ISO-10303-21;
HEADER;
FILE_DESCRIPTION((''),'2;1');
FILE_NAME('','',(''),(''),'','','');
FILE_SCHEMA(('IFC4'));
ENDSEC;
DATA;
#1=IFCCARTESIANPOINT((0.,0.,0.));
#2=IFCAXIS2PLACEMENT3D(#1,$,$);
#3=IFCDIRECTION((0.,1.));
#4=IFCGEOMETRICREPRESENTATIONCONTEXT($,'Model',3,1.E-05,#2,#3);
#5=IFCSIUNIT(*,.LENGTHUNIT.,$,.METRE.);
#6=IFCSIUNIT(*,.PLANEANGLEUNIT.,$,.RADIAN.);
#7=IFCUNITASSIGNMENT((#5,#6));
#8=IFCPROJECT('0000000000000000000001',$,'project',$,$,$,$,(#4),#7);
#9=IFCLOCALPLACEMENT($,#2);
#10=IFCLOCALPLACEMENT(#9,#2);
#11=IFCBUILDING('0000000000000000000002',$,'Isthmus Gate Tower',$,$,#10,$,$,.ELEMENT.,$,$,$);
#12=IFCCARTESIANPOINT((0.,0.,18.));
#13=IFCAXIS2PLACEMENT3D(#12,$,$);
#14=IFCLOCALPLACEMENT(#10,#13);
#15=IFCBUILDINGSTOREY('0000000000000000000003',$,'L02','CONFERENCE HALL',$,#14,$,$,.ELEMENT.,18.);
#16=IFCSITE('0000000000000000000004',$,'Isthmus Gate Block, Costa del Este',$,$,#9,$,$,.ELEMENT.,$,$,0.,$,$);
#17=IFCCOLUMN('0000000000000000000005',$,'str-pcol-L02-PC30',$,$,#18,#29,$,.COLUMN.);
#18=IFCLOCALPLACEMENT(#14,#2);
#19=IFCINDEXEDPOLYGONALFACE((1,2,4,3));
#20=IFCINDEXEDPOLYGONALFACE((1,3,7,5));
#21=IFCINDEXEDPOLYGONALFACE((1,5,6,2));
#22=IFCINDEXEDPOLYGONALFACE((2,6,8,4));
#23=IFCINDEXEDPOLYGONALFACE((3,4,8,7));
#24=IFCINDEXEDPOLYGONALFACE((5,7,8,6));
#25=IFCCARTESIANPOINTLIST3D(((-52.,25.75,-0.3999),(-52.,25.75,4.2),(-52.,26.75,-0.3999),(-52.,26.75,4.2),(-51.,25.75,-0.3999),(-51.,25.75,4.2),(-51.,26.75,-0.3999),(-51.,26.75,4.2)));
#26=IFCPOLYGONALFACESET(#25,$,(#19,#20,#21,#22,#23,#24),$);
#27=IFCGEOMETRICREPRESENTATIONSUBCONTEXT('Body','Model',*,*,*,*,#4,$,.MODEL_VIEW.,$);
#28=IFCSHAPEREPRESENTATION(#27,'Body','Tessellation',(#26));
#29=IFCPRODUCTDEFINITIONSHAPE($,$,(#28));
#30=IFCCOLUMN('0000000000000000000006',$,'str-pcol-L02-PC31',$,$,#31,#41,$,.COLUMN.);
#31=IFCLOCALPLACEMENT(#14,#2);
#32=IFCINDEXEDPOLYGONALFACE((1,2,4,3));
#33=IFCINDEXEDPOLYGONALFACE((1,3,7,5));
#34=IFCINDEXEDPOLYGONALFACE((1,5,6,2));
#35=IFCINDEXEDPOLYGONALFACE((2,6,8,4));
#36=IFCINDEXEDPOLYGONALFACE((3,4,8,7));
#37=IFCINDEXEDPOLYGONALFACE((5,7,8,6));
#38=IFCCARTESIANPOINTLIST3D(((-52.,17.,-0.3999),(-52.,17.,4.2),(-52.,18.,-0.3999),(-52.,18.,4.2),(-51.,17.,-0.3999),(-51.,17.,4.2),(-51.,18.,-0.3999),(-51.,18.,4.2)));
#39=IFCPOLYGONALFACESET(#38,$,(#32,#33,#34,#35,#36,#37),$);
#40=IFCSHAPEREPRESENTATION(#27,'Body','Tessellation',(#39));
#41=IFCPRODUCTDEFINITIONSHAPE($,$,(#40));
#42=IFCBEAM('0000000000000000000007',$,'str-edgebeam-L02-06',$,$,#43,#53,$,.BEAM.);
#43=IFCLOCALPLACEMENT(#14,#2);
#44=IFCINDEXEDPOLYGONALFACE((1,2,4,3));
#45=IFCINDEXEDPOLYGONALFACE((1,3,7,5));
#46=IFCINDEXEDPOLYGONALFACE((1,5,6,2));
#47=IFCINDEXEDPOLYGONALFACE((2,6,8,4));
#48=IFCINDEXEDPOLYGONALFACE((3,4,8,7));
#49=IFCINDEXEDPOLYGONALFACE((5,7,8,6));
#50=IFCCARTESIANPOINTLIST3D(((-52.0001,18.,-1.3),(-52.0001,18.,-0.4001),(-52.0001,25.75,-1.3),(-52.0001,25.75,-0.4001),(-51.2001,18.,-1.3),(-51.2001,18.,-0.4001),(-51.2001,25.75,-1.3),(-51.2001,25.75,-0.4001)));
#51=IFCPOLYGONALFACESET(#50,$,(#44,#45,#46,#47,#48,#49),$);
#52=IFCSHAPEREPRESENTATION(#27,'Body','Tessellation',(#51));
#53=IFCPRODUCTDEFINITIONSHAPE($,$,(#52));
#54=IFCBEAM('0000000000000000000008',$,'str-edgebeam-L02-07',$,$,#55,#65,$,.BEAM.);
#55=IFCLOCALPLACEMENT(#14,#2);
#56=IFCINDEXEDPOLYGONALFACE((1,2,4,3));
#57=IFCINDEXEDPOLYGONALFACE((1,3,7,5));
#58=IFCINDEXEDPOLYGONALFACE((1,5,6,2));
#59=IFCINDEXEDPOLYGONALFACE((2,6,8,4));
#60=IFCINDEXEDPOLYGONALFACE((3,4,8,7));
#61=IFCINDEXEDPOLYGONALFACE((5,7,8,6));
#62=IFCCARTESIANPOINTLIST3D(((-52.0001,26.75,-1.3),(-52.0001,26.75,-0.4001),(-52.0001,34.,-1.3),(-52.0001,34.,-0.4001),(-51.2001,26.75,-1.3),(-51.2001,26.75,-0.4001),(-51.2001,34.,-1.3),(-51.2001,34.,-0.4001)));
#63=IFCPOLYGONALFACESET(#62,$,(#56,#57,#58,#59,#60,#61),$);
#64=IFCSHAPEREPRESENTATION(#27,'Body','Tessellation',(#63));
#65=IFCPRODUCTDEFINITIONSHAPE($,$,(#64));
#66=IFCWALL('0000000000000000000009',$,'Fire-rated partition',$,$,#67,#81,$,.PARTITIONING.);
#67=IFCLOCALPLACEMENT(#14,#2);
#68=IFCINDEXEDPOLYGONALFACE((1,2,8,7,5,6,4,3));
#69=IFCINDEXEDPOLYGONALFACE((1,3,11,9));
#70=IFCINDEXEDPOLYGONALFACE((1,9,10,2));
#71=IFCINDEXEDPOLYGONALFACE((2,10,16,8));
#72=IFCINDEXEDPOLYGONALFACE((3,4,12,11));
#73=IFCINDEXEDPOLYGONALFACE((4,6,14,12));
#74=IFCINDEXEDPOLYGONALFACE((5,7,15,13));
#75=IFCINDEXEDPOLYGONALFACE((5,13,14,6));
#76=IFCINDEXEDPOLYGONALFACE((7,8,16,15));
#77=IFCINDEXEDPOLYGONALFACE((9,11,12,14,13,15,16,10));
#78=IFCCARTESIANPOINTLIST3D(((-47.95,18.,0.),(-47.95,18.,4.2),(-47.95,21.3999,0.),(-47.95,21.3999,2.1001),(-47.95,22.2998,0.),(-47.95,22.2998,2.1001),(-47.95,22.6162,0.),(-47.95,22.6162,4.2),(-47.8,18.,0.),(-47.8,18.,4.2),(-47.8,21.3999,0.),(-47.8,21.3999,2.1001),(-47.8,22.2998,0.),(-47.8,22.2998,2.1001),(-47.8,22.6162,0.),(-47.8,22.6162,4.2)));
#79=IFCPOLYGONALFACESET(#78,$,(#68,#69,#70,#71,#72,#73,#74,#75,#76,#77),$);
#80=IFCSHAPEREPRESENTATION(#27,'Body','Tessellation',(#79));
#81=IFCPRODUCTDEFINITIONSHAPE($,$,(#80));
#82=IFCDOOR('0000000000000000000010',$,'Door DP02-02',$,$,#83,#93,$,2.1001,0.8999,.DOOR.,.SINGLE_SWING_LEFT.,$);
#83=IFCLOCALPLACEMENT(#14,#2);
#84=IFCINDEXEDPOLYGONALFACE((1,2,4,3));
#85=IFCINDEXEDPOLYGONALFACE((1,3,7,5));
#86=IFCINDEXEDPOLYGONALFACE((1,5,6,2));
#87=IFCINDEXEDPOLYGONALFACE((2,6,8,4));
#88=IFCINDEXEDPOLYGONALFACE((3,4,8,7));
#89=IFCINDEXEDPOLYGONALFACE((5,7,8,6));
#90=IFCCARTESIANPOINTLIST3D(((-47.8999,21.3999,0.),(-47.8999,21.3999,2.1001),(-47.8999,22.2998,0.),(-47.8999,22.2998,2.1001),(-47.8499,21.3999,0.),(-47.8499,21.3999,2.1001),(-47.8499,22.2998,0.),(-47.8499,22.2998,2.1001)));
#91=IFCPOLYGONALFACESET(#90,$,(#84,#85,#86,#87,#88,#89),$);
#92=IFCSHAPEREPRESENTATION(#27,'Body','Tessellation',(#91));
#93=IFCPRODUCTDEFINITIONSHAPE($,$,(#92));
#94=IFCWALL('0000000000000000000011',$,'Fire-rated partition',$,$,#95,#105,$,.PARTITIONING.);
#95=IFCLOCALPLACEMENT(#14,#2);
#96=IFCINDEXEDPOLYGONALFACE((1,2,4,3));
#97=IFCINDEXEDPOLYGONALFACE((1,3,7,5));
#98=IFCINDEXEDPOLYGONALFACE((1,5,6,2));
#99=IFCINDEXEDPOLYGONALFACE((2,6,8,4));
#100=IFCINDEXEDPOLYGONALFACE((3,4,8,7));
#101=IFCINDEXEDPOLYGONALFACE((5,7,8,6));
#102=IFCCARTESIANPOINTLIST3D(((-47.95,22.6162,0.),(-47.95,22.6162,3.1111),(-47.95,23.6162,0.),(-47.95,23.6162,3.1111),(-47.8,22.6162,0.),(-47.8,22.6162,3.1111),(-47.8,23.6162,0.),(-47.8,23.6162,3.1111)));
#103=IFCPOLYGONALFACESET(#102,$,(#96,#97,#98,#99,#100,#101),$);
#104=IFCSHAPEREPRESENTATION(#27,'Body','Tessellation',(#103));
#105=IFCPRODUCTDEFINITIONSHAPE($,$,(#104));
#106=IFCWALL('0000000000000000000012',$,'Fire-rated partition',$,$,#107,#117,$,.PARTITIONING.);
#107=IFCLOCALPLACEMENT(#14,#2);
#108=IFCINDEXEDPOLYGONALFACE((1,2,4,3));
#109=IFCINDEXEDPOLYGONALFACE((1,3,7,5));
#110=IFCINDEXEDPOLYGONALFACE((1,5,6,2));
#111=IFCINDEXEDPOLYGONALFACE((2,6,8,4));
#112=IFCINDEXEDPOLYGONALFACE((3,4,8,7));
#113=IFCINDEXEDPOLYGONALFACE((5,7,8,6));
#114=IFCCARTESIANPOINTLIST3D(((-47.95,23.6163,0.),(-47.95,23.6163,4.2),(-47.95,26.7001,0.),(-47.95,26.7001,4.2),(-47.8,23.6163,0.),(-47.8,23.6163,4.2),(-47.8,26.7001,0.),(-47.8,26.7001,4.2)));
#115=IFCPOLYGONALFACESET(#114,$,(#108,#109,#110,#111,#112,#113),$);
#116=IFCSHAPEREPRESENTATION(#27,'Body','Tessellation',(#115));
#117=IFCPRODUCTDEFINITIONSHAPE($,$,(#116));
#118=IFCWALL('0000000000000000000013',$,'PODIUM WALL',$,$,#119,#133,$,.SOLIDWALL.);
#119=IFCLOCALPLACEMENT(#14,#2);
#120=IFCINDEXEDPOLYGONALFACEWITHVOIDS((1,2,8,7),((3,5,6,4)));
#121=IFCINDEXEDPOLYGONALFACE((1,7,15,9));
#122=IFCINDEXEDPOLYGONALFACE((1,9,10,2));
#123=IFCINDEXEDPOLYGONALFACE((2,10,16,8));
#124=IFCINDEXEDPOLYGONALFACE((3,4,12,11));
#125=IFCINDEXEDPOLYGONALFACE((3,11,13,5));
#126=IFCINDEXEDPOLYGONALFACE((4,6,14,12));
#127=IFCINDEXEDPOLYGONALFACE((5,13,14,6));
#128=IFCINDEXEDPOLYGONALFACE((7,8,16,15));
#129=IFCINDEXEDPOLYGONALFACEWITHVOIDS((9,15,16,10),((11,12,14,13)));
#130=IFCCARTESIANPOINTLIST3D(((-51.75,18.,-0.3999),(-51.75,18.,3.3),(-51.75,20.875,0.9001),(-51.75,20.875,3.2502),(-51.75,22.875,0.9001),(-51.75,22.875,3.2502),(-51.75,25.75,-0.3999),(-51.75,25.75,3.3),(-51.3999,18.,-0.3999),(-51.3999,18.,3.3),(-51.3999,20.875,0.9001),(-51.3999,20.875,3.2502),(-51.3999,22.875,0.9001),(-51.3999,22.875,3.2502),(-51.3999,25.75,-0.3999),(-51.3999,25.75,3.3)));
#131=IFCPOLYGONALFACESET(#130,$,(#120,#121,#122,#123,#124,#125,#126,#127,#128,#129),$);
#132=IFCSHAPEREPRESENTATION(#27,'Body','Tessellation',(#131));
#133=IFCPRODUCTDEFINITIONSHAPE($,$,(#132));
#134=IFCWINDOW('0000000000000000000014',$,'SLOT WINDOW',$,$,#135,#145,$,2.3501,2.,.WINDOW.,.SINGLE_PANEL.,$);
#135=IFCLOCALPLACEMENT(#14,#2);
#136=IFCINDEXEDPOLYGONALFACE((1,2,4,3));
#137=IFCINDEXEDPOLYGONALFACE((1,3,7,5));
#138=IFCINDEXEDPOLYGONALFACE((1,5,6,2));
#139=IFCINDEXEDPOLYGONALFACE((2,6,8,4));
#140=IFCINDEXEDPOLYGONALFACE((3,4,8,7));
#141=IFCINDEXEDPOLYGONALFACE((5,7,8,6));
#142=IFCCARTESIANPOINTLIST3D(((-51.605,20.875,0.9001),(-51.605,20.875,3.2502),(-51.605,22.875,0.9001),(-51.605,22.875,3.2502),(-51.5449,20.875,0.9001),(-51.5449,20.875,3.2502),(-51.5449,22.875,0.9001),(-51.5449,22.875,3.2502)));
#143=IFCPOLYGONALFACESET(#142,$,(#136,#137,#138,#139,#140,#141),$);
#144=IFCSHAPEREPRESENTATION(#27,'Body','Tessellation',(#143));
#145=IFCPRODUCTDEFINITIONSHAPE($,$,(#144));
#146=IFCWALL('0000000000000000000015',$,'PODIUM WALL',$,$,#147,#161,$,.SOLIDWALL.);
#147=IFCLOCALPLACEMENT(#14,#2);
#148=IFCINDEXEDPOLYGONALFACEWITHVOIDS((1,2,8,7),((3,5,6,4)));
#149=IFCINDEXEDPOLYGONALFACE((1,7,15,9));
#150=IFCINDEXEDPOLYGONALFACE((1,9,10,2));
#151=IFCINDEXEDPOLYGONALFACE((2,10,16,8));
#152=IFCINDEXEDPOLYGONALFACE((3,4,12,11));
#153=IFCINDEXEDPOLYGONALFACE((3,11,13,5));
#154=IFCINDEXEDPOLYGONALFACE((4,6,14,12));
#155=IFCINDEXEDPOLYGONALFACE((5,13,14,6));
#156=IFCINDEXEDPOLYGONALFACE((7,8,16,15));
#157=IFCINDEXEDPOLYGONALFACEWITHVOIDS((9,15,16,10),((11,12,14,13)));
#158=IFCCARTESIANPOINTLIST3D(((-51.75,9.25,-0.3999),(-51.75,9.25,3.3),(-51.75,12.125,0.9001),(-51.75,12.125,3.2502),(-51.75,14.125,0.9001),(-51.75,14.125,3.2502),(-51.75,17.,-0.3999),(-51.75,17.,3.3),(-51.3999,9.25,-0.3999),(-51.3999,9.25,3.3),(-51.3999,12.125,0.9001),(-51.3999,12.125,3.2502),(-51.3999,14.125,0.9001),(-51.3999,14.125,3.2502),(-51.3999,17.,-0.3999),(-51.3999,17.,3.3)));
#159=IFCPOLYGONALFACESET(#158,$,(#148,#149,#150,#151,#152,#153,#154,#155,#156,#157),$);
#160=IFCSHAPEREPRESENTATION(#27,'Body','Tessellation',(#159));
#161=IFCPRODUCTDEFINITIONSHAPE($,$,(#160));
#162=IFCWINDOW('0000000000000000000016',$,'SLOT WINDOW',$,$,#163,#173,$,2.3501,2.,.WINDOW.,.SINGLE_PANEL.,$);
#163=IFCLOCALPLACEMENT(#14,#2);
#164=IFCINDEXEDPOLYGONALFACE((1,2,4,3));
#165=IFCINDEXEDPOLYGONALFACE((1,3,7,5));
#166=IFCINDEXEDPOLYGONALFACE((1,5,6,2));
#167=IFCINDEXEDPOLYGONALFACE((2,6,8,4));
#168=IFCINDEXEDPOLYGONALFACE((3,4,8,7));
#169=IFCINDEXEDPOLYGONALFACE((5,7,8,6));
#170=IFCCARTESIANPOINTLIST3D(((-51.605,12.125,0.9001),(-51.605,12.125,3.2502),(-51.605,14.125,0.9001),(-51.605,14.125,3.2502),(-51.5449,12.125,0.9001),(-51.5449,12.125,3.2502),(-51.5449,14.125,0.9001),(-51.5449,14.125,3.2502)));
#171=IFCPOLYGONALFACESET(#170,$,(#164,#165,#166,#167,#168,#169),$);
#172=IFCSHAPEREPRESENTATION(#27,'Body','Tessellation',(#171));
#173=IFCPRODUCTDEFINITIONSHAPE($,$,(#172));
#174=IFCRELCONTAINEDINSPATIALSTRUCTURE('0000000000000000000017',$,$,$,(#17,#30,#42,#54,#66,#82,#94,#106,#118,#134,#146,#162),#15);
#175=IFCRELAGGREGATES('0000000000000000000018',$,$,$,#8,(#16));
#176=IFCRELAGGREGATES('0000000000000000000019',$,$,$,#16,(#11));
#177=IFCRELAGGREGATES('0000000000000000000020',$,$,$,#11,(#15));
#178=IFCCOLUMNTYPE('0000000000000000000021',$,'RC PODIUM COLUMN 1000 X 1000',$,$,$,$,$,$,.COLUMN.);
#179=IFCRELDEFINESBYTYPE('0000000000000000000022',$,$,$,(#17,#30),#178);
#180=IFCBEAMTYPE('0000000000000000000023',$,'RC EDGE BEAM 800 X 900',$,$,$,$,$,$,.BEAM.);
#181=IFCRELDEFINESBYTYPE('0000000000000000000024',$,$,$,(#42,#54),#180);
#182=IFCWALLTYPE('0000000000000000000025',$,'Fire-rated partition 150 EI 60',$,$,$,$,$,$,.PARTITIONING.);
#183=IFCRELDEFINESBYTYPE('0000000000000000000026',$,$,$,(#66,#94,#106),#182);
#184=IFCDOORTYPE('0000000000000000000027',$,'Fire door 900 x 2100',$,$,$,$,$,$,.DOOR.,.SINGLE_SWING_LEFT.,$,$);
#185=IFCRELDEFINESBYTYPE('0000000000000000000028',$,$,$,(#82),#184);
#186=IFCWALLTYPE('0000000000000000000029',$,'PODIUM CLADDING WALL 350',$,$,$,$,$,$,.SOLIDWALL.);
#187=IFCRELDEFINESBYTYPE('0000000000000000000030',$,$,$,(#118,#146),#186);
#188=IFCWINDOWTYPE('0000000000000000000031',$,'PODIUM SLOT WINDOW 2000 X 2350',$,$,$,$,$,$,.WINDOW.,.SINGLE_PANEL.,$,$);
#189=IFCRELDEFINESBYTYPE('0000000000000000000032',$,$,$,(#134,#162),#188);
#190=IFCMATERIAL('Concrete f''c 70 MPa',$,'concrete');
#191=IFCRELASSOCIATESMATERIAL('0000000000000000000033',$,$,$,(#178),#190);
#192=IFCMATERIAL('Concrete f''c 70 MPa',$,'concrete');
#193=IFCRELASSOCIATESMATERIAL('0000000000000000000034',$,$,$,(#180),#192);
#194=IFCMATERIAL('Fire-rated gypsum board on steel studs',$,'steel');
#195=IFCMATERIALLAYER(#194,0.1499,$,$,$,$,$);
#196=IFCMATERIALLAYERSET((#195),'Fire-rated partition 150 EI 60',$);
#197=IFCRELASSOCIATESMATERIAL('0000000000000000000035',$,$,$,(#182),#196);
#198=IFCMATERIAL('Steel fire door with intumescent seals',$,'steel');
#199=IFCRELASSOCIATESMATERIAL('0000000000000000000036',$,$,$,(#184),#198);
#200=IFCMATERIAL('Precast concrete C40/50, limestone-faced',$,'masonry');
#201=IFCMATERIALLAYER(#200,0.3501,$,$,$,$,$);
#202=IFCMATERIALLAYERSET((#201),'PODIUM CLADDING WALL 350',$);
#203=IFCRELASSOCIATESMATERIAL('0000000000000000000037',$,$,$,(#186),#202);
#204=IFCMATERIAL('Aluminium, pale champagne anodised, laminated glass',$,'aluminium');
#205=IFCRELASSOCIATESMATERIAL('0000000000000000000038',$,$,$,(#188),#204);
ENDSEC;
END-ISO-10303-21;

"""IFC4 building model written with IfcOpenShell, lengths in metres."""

from ifc_helpers import new_model, si_unit, direction, frame, frame_2d, origin, origin_2d, place, context, subcontext, project, spatial, rectangle, extrude, material, layer, layer_set, material_profile, profile_set, type_object, element, fill, save


model = new_model("IFC4")

# Units and contexts
model_context = context("Model", 3, precision=1e-05, world=origin(), true_north=direction((0.0, 1.0)))
body_context = subcontext(model_context, "Body", "Model", "MODEL_VIEW")
ifc_project = project(units=[si_unit("LENGTHUNIT", "METRE"), si_unit("PLANEANGLEUNIT", "RADIAN")], contexts=[model_context])

# Site, building, storey
site_placement = place(None, origin())
site = spatial("IfcSite", under=ifc_project, at=site_placement, Name="Isthmus Gate Block, Costa del Este", CompositionType="ELEMENT", RefElevation=0.0)
building_placement = place(site_placement, origin())
building = spatial("IfcBuilding", under=site, at=building_placement, Name="Isthmus Gate Tower", CompositionType="ELEMENT")
storey_placement = place(building_placement, frame((0.0, 0.0, 18.0)))
storey = spatial("IfcBuildingStorey", under=building, at=storey_placement, Name="L02", Description="CONFERENCE HALL", CompositionType="ELEMENT", Elevation=18.0)

# Columns
ifc_material_1 = material(Name="Concrete f'c 70 MPa", Category="concrete")
ifc_material_profile_1 = material_profile(ifc_material_1, rectangle(XDim=1.0, YDim=1.0, at=origin_2d()), Name="RC 1000X1000")
ifc_profile_set_1 = profile_set([ifc_material_profile_1], Name="Concrete f'c 70 MPa")
column_type = type_object("IfcColumnType", Name="RC PODIUM COLUMN 1000 X 1000", PredefinedType="COLUMN", material=ifc_profile_set_1)
for number, where, z_axis, x_axis, name in (
    (1, (-51.5, 26.25, -0.3999), (0.0, 0.0, 1.0), (0.0, -1.0, 0.0), "str-pcol-L02-PC30"),
    (2, (-51.5, 17.5, -0.3999), (0.0, 0.0, 1.0), (0.0, -1.0, 0.0), "str-pcol-L02-PC31"),
):
    element("IfcColumn", number, at=place(storey_placement, frame(where, z_axis=z_axis, x_axis=x_axis)), inside=storey, type_object=column_type, Name=name, PredefinedType="COLUMN", context=body_context, shape_type="SweptSolid", body=[
        extrude(rectangle(XDim=1.0, YDim=1.0, at=origin_2d()), origin(), (0.0, 0.0, 1.0), 4.5999),
    ])

# Beams
ifc_material_2 = material(Name="Concrete f'c 70 MPa", Category="concrete")
ifc_material_profile_2 = material_profile(ifc_material_2, rectangle(XDim=0.8, YDim=0.8999, at=origin_2d()), Name="RC 800X900")
ifc_profile_set_2 = profile_set([ifc_material_profile_2], Name="Concrete f'c 70 MPa")
beam_type = type_object("IfcBeamType", Name="RC EDGE BEAM 800 X 900", PredefinedType="BEAM", material=ifc_profile_set_2)
beam_1_placement = place(storey_placement, frame((-51.6001, 18.0, -0.8501), z_axis=(0.0, 1.0, 0.0), x_axis=(-1.0, 0.0, 0.0)))
element("IfcBeam", 3, at=beam_1_placement, inside=storey, type_object=beam_type, Name="str-edgebeam-L02-06", PredefinedType="BEAM", context=body_context, shape_type="SweptSolid", body=[
    extrude(rectangle(XDim=0.8, YDim=0.8999, at=origin_2d()), origin(), (0.0, 0.0, 1.0), 7.75),
])
beam_2_placement = place(storey_placement, frame((-51.6001, 26.75, -0.8501), z_axis=(0.0, 1.0, 0.0), x_axis=(-1.0, 0.0, 0.0)))
element("IfcBeam", 4, at=beam_2_placement, inside=storey, type_object=beam_type, Name="str-edgebeam-L02-07", PredefinedType="BEAM", context=body_context, shape_type="SweptSolid", body=[
    extrude(rectangle(XDim=0.8, YDim=0.8999, at=origin_2d()), origin(), (0.0, 0.0, 1.0), 7.25),
])

# Wall, opening, door
ifc_material_3 = material(Name="Fire-rated gypsum board on steel studs", Category="steel")
ifc_layer_1 = layer(ifc_material_3, 0.1499)
ifc_layer_set_1 = layer_set([ifc_layer_1], Name="Fire-rated partition 150 EI 60")
wall_type_1 = type_object("IfcWallType", Name="Fire-rated partition 150 EI 60", PredefinedType="PARTITIONING", material=ifc_layer_set_1)
wall_1_placement = place(storey_placement, frame((-47.875, 18.0, 0.0), z_axis=(0.0, 0.0, 1.0), x_axis=(0.0, 1.0, 0.0)))
wall_1 = element("IfcWall", 5, at=wall_1_placement, inside=storey, type_object=wall_type_1, Name="Fire-rated partition", PredefinedType="PARTITIONING", context=body_context, shape_type="SweptSolid", body=[
    extrude(rectangle(XDim=4.6162, YDim=0.1499, at=frame_2d((2.3081, 0.0))), origin(), (0.0, 0.0, 1.0), 4.2),
])
opening_1_placement = place(wall_1_placement, frame((3.3999, 0.0, 0.0)))
opening_1 = element("IfcOpeningElement", 6, at=opening_1_placement, cuts=wall_1, PredefinedType="OPENING", context=body_context, shape_type="SweptSolid", body=[
    extrude(rectangle(XDim=0.8999, YDim=2.1001, at=frame_2d((0.45, 1.05))), frame((0.0, 0.085, 0.0), z_axis=(0.0, -1.0, 0.0), x_axis=(1.0, 0.0, 0.0)), (0.0, 0.0, 1.0), 0.1699),
])
ifc_material_4 = material(Name="Steel fire door with intumescent seals", Category="steel")
door_type_1 = type_object("IfcDoorType", Name="Fire door 900 x 2100", OperationType="SINGLE_SWING_LEFT", PredefinedType="DOOR", material=ifc_material_4)
door_1_placement = place(opening_1_placement, origin())
door_1 = element("IfcDoor", 7, at=door_1_placement, inside=storey, type_object=door_type_1, Name="Door DP02-02", OperationType="SINGLE_SWING_LEFT", OverallHeight=2.1001, OverallWidth=0.8999, PredefinedType="DOOR", context=body_context, shape_type="SweptSolid", body=[
    extrude(rectangle(XDim=0.8999, YDim=2.1001, at=frame_2d((0.45, 1.05))), frame((0.0, 0.0249, 0.0), z_axis=(0.0, -1.0, 0.0), x_axis=(1.0, 0.0, 0.0)), (0.0, 0.0, 1.0), 0.05),
])
fill(opening_1, door_1)

# Walls
wall_2_placement = place(storey_placement, frame((-47.875, 22.6162, 0.0), z_axis=(0.0, 0.0, 1.0), x_axis=(0.0, 1.0, 0.0)))
element("IfcWall", 8, at=wall_2_placement, inside=storey, type_object=wall_type_1, Name="Fire-rated partition", PredefinedType="PARTITIONING", context=body_context, shape_type="SweptSolid", body=[
    extrude(rectangle(XDim=1.0, YDim=0.1499, at=frame_2d((0.5, 0.0))), origin(), (0.0, 0.0, 1.0), 3.1111),
])
wall_3_placement = place(storey_placement, frame((-47.875, 23.6162, 0.0), z_axis=(0.0, 0.0, 1.0), x_axis=(0.0, 1.0, 0.0)))
element("IfcWall", 9, at=wall_3_placement, inside=storey, type_object=wall_type_1, Name="Fire-rated partition", PredefinedType="PARTITIONING", context=body_context, shape_type="SweptSolid", body=[
    extrude(rectangle(XDim=3.0837, YDim=0.1499, at=frame_2d((1.542, 0.0))), origin(), (0.0, 0.0, 1.0), 4.2),
])

# Walls, openings, windows
ifc_material_5 = material(Name="Precast concrete C40/50, limestone-faced", Category="masonry")
ifc_layer_2 = layer(ifc_material_5, 0.3501)
ifc_layer_set_2 = layer_set([ifc_layer_2], Name="PODIUM CLADDING WALL 350")
wall_type_2 = type_object("IfcWallType", Name="PODIUM CLADDING WALL 350", PredefinedType="SOLIDWALL", material=ifc_layer_set_2)
wall_4_placement = place(storey_placement, frame((-51.575, 25.75, -0.3999), z_axis=(0.0, 0.0, 1.0), x_axis=(0.0, -1.0, 0.0)))
wall_4 = element("IfcWall", 10, at=wall_4_placement, inside=storey, type_object=wall_type_2, Name="PODIUM WALL", PredefinedType="SOLIDWALL", context=body_context, shape_type="SweptSolid", body=[
    extrude(rectangle(XDim=7.75, YDim=0.3501, at=frame_2d((3.875, 0.0))), origin(), (0.0, 0.0, 1.0), 3.7),
])
opening_2_placement = place(wall_4_placement, frame((2.875, 0.0, 1.3)))
opening_2 = element("IfcOpeningElement", 11, at=opening_2_placement, cuts=wall_4, PredefinedType="OPENING", context=body_context, shape_type="SweptSolid", body=[
    extrude(rectangle(XDim=2.0, YDim=2.3501, at=frame_2d((1.0, 1.175))), frame((0.0, 0.1851, 0.0), z_axis=(0.0, -1.0, 0.0), x_axis=(1.0, 0.0, 0.0)), (0.0, 0.0, 1.0), 0.3701),
])
ifc_material_6 = material(Name="Aluminium, pale champagne anodised, laminated glass", Category="aluminium")
window_type = type_object("IfcWindowType", Name="PODIUM SLOT WINDOW 2000 X 2350", PartitioningType="SINGLE_PANEL", PredefinedType="WINDOW", material=ifc_material_6)
window_1_placement = place(opening_2_placement, origin())
window_1 = element("IfcWindow", 12, at=window_1_placement, inside=storey, type_object=window_type, Name="SLOT WINDOW", OverallHeight=2.3501, OverallWidth=2.0, PartitioningType="SINGLE_PANEL", PredefinedType="WINDOW", context=body_context, shape_type="SweptSolid", body=[
    extrude(rectangle(XDim=2.0, YDim=2.3501, at=frame_2d((1.0, 1.175))), frame((0.0, 0.03, 0.0), z_axis=(0.0, -1.0, 0.0), x_axis=(1.0, 0.0, 0.0)), (0.0, 0.0, 1.0), 0.0601),
])
fill(opening_2, window_1)
wall_5_placement = place(storey_placement, frame((-51.575, 17.0, -0.3999), z_axis=(0.0, 0.0, 1.0), x_axis=(0.0, -1.0, 0.0)))
wall_5 = element("IfcWall", 13, at=wall_5_placement, inside=storey, type_object=wall_type_2, Name="PODIUM WALL", PredefinedType="SOLIDWALL", context=body_context, shape_type="SweptSolid", body=[
    extrude(rectangle(XDim=7.75, YDim=0.3501, at=frame_2d((3.875, 0.0))), origin(), (0.0, 0.0, 1.0), 3.7),
])
opening_3_placement = place(wall_5_placement, frame((2.875, 0.0, 1.3)))
opening_3 = element("IfcOpeningElement", 14, at=opening_3_placement, cuts=wall_5, PredefinedType="OPENING", context=body_context, shape_type="SweptSolid", body=[
    extrude(rectangle(XDim=2.0, YDim=2.3501, at=frame_2d((1.0, 1.175))), frame((0.0, 0.1851, 0.0), z_axis=(0.0, -1.0, 0.0), x_axis=(1.0, 0.0, 0.0)), (0.0, 0.0, 1.0), 0.3701),
])
window_2_placement = place(opening_3_placement, origin())
window_2 = element("IfcWindow", 15, at=window_2_placement, inside=storey, type_object=window_type, Name="SLOT WINDOW", OverallHeight=2.3501, OverallWidth=2.0, PartitioningType="SINGLE_PANEL", PredefinedType="WINDOW", context=body_context, shape_type="SweptSolid", body=[
    extrude(rectangle(XDim=2.0, YDim=2.3501, at=frame_2d((1.0, 1.175))), frame((0.0, 0.03, 0.0), z_axis=(0.0, -1.0, 0.0), x_axis=(1.0, 0.0, 0.0)), (0.0, 0.0, 1.0), 0.0601),
])
fill(opening_3, window_2)

save(model, "model.ifc")
